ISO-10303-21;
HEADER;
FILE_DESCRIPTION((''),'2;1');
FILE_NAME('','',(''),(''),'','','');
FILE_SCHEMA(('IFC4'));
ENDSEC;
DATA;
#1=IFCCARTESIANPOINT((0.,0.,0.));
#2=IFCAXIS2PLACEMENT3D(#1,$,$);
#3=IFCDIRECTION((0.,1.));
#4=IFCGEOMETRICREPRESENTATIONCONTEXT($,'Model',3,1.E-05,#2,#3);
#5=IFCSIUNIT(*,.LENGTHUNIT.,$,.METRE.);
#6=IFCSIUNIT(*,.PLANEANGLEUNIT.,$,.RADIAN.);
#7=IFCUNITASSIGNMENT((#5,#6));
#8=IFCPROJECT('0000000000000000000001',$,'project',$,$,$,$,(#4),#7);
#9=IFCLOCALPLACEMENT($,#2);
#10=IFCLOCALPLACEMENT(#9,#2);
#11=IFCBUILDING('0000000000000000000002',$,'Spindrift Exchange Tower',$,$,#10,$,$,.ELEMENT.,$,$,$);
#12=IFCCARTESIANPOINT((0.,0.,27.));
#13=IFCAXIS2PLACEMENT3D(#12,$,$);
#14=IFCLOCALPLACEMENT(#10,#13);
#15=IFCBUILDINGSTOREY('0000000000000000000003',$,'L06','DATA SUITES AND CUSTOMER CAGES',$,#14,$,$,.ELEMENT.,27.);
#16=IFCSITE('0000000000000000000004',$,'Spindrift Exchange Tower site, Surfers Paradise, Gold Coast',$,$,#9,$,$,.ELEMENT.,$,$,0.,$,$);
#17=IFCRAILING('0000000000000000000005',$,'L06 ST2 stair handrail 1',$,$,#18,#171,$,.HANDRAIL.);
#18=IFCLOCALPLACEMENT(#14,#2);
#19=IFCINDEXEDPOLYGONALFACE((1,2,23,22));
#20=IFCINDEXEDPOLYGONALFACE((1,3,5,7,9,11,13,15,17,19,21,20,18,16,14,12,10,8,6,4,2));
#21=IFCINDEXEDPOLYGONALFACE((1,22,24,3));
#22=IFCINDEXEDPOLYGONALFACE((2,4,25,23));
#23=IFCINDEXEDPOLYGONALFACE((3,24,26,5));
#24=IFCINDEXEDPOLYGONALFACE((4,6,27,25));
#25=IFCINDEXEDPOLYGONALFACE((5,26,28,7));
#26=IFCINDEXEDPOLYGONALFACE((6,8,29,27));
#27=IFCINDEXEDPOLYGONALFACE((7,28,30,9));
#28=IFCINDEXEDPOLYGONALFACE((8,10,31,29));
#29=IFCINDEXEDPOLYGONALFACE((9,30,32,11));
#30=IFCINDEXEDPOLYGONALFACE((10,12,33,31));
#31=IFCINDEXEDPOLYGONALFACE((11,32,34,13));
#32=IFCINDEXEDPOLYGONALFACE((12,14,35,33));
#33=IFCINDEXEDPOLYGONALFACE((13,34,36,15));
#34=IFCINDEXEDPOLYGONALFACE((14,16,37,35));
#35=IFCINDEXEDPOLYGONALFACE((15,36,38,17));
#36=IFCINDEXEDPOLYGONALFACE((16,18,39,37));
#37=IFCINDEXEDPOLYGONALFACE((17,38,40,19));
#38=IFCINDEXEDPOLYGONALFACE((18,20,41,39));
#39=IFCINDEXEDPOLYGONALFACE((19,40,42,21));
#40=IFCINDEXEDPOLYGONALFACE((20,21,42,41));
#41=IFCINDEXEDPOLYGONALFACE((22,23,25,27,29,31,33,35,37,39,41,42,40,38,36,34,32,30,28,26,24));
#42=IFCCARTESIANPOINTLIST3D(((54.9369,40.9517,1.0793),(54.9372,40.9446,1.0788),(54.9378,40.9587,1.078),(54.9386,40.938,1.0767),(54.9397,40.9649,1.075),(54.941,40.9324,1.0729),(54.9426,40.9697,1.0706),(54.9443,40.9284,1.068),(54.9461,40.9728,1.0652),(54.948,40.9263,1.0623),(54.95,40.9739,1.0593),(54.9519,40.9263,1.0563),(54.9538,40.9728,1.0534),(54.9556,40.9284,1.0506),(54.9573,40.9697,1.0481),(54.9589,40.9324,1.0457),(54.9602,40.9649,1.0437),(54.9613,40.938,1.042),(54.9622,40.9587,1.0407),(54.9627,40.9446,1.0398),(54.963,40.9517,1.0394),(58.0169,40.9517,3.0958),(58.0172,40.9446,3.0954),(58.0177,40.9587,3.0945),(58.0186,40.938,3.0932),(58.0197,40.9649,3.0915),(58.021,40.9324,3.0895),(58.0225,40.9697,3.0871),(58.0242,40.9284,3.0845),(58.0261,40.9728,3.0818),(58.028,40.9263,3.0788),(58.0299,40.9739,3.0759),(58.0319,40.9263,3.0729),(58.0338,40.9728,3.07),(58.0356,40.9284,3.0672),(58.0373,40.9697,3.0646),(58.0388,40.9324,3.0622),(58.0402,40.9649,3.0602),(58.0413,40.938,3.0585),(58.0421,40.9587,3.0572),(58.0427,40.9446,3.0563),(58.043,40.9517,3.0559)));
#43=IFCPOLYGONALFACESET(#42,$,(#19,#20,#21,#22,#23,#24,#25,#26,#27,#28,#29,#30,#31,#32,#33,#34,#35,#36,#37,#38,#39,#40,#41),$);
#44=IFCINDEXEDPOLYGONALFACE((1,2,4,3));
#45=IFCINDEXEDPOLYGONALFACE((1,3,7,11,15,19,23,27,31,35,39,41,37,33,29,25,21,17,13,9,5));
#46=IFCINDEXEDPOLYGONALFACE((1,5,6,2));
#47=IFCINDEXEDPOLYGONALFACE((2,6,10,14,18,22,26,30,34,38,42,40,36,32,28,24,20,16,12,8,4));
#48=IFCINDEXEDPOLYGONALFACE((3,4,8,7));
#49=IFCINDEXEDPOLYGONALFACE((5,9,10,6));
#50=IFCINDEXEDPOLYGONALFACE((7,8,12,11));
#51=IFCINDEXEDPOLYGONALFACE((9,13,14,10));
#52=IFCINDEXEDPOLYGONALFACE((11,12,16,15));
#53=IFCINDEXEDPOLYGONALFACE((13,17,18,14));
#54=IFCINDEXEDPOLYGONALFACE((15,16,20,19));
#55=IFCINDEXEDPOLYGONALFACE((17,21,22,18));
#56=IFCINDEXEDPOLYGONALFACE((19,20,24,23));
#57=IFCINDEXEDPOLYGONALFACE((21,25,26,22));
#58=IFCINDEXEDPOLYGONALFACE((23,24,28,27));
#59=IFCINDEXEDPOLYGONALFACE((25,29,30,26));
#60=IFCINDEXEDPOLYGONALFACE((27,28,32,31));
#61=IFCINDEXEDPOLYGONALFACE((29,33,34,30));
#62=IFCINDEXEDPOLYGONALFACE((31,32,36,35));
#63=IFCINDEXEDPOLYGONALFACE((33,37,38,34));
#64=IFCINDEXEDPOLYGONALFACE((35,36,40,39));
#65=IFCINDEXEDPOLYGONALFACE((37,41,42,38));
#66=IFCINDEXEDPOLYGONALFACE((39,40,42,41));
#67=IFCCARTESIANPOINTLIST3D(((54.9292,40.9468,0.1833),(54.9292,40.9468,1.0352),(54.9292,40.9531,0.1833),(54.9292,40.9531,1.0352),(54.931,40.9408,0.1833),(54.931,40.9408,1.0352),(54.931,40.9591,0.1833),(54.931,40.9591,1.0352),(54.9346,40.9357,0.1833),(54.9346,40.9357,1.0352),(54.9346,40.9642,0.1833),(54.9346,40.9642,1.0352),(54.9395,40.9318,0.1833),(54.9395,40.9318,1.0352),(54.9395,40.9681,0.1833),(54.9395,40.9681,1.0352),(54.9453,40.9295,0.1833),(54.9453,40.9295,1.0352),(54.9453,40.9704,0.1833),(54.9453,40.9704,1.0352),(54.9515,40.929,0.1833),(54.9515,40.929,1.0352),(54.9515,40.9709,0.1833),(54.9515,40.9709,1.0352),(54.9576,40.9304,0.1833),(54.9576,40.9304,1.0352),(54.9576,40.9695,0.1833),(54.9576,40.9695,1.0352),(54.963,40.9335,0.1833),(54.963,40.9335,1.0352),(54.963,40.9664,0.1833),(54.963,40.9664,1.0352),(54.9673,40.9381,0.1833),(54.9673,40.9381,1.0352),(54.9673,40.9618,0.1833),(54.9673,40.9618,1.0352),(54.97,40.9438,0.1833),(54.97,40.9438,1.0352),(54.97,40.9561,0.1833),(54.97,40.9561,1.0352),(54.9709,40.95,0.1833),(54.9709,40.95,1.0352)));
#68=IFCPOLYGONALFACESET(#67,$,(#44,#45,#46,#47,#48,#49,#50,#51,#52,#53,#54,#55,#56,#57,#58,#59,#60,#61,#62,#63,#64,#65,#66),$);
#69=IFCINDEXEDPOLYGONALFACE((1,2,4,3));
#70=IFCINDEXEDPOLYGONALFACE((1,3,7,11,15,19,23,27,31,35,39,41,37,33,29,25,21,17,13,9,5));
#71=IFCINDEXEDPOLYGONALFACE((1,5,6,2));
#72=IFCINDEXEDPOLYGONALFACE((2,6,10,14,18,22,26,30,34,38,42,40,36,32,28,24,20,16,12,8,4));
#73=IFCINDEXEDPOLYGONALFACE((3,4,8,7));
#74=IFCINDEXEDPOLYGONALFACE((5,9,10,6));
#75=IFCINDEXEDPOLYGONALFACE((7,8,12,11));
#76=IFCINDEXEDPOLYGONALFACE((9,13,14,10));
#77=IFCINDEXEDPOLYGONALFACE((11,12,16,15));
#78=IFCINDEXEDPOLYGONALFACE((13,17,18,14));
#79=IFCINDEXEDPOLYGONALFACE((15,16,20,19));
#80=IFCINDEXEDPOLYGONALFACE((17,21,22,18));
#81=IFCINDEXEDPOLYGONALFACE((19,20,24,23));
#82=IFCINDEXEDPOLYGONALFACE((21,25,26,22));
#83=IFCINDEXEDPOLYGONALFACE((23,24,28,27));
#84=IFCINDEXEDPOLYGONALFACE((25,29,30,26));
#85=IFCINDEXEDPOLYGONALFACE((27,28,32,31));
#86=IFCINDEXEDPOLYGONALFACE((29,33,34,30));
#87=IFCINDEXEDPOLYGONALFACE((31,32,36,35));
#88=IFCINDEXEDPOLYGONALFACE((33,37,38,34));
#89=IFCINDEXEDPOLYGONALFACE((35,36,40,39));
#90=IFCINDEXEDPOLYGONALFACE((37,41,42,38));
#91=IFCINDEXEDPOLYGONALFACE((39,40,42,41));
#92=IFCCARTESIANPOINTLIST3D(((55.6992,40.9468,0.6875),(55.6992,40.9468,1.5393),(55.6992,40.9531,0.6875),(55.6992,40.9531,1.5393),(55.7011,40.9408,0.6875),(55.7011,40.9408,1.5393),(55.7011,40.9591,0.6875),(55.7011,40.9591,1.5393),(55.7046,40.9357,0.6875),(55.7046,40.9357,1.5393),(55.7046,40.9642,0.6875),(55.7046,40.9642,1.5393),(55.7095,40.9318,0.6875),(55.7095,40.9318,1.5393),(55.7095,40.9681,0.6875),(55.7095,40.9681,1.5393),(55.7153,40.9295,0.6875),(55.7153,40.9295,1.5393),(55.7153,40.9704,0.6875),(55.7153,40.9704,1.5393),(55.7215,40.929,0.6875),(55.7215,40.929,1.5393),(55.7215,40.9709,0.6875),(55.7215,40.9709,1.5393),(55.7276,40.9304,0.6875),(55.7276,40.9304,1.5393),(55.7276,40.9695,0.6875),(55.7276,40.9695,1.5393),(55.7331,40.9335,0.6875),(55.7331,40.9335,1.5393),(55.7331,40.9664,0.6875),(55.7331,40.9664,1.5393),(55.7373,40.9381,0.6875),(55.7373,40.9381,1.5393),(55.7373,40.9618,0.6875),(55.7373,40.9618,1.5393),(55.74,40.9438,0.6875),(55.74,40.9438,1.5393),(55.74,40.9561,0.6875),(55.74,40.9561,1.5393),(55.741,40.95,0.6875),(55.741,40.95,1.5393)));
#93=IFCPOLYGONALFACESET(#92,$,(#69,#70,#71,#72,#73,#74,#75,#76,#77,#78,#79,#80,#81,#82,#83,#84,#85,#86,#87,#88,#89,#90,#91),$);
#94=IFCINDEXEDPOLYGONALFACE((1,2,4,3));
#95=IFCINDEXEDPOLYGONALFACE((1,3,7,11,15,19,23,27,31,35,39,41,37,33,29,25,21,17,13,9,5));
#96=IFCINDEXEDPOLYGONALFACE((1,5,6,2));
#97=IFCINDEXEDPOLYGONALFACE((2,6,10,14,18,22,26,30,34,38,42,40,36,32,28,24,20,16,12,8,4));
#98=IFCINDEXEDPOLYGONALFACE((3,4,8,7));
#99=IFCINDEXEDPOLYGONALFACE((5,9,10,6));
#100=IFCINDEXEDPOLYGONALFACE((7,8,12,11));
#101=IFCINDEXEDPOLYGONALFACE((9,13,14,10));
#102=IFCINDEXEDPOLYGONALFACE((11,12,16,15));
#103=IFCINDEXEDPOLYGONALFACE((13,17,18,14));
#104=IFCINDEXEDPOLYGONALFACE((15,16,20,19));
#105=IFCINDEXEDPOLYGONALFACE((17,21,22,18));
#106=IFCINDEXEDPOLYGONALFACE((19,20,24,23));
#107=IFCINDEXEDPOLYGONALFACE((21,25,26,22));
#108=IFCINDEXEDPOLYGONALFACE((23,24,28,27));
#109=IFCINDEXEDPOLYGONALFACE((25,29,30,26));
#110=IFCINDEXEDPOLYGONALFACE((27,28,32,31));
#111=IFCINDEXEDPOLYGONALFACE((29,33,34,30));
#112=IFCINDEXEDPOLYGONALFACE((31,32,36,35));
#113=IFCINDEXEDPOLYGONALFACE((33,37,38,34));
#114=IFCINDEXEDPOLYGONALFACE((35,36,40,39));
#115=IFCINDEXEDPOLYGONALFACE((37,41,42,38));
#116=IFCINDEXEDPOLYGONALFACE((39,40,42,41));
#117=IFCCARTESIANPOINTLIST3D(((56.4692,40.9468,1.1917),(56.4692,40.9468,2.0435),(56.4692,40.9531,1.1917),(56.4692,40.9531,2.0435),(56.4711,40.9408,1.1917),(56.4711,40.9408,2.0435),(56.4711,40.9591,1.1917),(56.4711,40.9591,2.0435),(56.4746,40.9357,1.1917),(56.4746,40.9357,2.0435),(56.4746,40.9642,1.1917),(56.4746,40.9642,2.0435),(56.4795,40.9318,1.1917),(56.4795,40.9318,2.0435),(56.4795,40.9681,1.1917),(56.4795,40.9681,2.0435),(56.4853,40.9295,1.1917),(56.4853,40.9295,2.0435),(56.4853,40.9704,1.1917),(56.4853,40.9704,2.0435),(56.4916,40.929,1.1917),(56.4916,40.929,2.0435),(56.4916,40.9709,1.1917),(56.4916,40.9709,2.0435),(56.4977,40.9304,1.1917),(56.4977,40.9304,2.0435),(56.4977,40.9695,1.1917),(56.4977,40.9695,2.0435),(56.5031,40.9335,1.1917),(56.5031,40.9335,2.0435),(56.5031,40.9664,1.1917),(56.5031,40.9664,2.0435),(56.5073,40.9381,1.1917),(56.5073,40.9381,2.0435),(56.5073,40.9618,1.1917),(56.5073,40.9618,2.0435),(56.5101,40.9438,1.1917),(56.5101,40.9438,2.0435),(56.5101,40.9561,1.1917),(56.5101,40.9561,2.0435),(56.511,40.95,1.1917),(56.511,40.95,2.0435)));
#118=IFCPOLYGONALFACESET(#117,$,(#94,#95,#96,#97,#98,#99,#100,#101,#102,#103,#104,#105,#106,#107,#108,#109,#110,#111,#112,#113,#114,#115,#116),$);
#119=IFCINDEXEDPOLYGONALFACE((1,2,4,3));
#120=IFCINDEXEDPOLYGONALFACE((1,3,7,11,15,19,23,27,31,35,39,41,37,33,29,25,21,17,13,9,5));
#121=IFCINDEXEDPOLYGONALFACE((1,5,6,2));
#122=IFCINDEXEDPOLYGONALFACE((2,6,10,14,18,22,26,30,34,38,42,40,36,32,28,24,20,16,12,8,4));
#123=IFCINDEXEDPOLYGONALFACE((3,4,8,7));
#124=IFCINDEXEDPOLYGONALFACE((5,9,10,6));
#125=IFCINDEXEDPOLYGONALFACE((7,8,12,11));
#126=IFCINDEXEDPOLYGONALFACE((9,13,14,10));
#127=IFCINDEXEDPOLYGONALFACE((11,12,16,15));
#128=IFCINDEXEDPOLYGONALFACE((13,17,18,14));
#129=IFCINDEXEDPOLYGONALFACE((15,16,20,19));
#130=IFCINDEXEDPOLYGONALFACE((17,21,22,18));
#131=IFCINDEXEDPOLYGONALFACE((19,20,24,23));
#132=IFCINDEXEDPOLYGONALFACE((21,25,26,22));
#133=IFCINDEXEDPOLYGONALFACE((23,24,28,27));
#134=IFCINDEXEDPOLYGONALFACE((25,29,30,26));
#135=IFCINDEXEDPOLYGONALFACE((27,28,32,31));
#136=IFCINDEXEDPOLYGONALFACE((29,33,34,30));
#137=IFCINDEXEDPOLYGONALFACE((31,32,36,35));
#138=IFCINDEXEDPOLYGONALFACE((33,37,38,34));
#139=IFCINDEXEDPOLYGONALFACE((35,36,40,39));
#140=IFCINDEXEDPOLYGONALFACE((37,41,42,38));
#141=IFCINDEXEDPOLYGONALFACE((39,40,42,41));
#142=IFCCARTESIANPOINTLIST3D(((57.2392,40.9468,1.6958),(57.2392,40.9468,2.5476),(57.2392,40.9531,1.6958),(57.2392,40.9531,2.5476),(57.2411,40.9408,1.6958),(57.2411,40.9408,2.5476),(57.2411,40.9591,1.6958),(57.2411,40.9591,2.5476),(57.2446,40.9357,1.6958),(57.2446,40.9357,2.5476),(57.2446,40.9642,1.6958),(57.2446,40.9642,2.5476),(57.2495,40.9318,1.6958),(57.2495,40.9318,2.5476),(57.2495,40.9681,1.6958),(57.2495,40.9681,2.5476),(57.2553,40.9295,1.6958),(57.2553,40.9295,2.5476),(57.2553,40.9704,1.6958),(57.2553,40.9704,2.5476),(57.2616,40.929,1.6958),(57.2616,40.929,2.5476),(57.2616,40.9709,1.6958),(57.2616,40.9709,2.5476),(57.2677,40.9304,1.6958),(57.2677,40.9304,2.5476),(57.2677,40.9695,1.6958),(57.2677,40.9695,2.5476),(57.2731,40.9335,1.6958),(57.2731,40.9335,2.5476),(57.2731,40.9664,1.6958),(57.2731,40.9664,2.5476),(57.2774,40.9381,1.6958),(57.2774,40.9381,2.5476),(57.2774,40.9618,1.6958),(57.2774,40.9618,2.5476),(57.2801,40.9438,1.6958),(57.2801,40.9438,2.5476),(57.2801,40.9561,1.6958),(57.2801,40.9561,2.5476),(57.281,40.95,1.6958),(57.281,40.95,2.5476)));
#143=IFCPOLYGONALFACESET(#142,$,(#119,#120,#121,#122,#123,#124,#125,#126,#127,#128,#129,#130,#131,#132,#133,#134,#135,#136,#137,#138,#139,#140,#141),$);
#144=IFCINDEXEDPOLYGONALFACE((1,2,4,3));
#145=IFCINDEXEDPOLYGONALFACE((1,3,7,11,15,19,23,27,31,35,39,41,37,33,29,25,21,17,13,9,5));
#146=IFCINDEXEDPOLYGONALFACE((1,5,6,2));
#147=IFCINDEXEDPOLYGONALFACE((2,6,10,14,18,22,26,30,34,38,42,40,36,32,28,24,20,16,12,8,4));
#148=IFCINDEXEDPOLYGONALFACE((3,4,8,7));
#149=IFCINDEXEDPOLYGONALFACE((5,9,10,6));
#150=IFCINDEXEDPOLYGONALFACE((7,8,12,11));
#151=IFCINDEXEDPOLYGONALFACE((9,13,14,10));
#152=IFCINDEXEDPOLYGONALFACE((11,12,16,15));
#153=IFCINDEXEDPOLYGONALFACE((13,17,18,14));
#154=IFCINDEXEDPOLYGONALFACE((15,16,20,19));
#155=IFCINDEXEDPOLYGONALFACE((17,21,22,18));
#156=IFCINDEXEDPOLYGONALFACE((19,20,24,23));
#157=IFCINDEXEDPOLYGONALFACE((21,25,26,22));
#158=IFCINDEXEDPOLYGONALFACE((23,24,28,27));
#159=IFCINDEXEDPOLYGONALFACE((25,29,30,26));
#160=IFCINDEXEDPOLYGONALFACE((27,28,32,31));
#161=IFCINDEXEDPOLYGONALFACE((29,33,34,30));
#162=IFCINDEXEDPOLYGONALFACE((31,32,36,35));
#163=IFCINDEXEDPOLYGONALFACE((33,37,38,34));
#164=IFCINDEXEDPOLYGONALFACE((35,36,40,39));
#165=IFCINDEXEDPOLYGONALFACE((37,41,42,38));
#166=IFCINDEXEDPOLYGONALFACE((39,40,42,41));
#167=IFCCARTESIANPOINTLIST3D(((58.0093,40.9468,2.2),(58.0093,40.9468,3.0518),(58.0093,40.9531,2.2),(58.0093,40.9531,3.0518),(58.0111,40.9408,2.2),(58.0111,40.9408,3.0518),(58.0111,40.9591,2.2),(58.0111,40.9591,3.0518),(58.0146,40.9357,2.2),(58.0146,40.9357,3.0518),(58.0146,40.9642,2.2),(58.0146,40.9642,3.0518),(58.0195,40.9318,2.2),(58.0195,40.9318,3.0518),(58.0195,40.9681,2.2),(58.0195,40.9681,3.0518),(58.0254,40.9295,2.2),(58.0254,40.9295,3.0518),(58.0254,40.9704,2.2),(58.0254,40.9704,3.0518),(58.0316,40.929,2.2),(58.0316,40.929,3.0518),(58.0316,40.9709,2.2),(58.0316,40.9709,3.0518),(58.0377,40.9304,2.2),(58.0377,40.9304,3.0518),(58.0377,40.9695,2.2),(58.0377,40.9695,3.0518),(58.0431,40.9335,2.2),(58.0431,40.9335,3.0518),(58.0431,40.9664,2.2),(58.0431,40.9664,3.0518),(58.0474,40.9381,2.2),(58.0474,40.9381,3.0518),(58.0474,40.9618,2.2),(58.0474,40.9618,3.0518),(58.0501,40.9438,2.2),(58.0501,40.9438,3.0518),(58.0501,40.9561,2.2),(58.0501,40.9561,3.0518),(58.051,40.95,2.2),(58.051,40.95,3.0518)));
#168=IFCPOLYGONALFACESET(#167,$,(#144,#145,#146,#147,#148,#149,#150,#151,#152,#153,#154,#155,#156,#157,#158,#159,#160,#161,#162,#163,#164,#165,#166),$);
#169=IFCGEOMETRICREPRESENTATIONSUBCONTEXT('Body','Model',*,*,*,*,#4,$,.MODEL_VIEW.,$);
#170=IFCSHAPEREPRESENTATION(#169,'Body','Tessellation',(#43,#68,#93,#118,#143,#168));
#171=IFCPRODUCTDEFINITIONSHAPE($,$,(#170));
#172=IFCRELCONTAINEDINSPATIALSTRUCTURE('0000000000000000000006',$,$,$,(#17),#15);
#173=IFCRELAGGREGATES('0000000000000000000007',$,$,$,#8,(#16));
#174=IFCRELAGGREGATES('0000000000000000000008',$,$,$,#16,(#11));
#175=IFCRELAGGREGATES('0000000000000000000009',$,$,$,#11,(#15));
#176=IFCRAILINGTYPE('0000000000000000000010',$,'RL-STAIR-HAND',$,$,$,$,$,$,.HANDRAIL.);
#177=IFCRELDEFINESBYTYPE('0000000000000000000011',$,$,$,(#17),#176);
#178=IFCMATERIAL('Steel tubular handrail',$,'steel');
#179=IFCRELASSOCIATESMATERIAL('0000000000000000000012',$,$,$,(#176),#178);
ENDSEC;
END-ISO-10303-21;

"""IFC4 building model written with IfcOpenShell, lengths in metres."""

from ifc_helpers import new_model, si_unit, direction, frame, origin, origin_2d, place, context, subcontext, project, spatial, circle, extrude, material, type_object, element, save


model = new_model("IFC4")

# Units and contexts
model_context = context("Model", 3, precision=1e-05, world=origin(), true_north=direction((0.0, 1.0)))
body_context = subcontext(model_context, "Body", "Model", "MODEL_VIEW")
ifc_project = project(units=[si_unit("LENGTHUNIT", "METRE"), si_unit("PLANEANGLEUNIT", "RADIAN")], contexts=[model_context])

# Site, building, storey
site_placement = place(None, origin())
site = spatial("IfcSite", under=ifc_project, at=site_placement, Name="Spindrift Exchange Tower site, Surfers Paradise, Gold Coast", CompositionType="ELEMENT", RefElevation=0.0)
building_placement = place(site_placement, origin())
building = spatial("IfcBuilding", under=site, at=building_placement, Name="Spindrift Exchange Tower", CompositionType="ELEMENT")
storey_placement = place(building_placement, frame((0.0, 0.0, 27.0)))
storey = spatial("IfcBuildingStorey", under=building, at=storey_placement, Name="L06", Description="DATA SUITES AND CUSTOMER CAGES", CompositionType="ELEMENT", Elevation=27.0)

# Railing
ifc_material_1 = material(Name="Steel tubular handrail", Category="steel")
railing_type_1 = type_object("IfcRailingType", Name="RL-STAIR-HAND", PredefinedType="HANDRAIL", material=ifc_material_1)
railing_1_placement = place(storey_placement, frame((54.95, 40.95, 0.1833)))
element("IfcRailing", 1, at=railing_1_placement, inside=storey, type_object=railing_type_1, Name="L06 ST2 stair handrail 1", PredefinedType="HANDRAIL", context=body_context, shape_type="SweptSolid", body=[
    extrude(circle(Radius=0.0239, at=origin_2d()), frame((0.0, 0.0, 0.876), z_axis=(0.836633, 0.0, 0.547764), x_axis=(0.0, 1.0, 0.0)), (0.0, 0.0, 1.0), 3.6814),
    extrude(circle(Radius=0.021, at=origin_2d()), origin(), (0.0, 0.0, 1.0), 0.8518),
    extrude(circle(Radius=0.021, at=origin_2d()), frame((0.77, 0.0, 0.5042)), (0.0, 0.0, 1.0), 0.8518),
    extrude(circle(Radius=0.021, at=origin_2d()), frame((1.54, 0.0, 1.0083)), (0.0, 0.0, 1.0), 0.8518),
    extrude(circle(Radius=0.021, at=origin_2d()), frame((2.3101, 0.0, 1.5125)), (0.0, 0.0, 1.0), 0.8518),
    extrude(circle(Radius=0.021, at=origin_2d()), frame((3.0801, 0.0, 2.0166)), (0.0, 0.0, 1.0), 0.8518),
])

save(model, "model.ifc")
